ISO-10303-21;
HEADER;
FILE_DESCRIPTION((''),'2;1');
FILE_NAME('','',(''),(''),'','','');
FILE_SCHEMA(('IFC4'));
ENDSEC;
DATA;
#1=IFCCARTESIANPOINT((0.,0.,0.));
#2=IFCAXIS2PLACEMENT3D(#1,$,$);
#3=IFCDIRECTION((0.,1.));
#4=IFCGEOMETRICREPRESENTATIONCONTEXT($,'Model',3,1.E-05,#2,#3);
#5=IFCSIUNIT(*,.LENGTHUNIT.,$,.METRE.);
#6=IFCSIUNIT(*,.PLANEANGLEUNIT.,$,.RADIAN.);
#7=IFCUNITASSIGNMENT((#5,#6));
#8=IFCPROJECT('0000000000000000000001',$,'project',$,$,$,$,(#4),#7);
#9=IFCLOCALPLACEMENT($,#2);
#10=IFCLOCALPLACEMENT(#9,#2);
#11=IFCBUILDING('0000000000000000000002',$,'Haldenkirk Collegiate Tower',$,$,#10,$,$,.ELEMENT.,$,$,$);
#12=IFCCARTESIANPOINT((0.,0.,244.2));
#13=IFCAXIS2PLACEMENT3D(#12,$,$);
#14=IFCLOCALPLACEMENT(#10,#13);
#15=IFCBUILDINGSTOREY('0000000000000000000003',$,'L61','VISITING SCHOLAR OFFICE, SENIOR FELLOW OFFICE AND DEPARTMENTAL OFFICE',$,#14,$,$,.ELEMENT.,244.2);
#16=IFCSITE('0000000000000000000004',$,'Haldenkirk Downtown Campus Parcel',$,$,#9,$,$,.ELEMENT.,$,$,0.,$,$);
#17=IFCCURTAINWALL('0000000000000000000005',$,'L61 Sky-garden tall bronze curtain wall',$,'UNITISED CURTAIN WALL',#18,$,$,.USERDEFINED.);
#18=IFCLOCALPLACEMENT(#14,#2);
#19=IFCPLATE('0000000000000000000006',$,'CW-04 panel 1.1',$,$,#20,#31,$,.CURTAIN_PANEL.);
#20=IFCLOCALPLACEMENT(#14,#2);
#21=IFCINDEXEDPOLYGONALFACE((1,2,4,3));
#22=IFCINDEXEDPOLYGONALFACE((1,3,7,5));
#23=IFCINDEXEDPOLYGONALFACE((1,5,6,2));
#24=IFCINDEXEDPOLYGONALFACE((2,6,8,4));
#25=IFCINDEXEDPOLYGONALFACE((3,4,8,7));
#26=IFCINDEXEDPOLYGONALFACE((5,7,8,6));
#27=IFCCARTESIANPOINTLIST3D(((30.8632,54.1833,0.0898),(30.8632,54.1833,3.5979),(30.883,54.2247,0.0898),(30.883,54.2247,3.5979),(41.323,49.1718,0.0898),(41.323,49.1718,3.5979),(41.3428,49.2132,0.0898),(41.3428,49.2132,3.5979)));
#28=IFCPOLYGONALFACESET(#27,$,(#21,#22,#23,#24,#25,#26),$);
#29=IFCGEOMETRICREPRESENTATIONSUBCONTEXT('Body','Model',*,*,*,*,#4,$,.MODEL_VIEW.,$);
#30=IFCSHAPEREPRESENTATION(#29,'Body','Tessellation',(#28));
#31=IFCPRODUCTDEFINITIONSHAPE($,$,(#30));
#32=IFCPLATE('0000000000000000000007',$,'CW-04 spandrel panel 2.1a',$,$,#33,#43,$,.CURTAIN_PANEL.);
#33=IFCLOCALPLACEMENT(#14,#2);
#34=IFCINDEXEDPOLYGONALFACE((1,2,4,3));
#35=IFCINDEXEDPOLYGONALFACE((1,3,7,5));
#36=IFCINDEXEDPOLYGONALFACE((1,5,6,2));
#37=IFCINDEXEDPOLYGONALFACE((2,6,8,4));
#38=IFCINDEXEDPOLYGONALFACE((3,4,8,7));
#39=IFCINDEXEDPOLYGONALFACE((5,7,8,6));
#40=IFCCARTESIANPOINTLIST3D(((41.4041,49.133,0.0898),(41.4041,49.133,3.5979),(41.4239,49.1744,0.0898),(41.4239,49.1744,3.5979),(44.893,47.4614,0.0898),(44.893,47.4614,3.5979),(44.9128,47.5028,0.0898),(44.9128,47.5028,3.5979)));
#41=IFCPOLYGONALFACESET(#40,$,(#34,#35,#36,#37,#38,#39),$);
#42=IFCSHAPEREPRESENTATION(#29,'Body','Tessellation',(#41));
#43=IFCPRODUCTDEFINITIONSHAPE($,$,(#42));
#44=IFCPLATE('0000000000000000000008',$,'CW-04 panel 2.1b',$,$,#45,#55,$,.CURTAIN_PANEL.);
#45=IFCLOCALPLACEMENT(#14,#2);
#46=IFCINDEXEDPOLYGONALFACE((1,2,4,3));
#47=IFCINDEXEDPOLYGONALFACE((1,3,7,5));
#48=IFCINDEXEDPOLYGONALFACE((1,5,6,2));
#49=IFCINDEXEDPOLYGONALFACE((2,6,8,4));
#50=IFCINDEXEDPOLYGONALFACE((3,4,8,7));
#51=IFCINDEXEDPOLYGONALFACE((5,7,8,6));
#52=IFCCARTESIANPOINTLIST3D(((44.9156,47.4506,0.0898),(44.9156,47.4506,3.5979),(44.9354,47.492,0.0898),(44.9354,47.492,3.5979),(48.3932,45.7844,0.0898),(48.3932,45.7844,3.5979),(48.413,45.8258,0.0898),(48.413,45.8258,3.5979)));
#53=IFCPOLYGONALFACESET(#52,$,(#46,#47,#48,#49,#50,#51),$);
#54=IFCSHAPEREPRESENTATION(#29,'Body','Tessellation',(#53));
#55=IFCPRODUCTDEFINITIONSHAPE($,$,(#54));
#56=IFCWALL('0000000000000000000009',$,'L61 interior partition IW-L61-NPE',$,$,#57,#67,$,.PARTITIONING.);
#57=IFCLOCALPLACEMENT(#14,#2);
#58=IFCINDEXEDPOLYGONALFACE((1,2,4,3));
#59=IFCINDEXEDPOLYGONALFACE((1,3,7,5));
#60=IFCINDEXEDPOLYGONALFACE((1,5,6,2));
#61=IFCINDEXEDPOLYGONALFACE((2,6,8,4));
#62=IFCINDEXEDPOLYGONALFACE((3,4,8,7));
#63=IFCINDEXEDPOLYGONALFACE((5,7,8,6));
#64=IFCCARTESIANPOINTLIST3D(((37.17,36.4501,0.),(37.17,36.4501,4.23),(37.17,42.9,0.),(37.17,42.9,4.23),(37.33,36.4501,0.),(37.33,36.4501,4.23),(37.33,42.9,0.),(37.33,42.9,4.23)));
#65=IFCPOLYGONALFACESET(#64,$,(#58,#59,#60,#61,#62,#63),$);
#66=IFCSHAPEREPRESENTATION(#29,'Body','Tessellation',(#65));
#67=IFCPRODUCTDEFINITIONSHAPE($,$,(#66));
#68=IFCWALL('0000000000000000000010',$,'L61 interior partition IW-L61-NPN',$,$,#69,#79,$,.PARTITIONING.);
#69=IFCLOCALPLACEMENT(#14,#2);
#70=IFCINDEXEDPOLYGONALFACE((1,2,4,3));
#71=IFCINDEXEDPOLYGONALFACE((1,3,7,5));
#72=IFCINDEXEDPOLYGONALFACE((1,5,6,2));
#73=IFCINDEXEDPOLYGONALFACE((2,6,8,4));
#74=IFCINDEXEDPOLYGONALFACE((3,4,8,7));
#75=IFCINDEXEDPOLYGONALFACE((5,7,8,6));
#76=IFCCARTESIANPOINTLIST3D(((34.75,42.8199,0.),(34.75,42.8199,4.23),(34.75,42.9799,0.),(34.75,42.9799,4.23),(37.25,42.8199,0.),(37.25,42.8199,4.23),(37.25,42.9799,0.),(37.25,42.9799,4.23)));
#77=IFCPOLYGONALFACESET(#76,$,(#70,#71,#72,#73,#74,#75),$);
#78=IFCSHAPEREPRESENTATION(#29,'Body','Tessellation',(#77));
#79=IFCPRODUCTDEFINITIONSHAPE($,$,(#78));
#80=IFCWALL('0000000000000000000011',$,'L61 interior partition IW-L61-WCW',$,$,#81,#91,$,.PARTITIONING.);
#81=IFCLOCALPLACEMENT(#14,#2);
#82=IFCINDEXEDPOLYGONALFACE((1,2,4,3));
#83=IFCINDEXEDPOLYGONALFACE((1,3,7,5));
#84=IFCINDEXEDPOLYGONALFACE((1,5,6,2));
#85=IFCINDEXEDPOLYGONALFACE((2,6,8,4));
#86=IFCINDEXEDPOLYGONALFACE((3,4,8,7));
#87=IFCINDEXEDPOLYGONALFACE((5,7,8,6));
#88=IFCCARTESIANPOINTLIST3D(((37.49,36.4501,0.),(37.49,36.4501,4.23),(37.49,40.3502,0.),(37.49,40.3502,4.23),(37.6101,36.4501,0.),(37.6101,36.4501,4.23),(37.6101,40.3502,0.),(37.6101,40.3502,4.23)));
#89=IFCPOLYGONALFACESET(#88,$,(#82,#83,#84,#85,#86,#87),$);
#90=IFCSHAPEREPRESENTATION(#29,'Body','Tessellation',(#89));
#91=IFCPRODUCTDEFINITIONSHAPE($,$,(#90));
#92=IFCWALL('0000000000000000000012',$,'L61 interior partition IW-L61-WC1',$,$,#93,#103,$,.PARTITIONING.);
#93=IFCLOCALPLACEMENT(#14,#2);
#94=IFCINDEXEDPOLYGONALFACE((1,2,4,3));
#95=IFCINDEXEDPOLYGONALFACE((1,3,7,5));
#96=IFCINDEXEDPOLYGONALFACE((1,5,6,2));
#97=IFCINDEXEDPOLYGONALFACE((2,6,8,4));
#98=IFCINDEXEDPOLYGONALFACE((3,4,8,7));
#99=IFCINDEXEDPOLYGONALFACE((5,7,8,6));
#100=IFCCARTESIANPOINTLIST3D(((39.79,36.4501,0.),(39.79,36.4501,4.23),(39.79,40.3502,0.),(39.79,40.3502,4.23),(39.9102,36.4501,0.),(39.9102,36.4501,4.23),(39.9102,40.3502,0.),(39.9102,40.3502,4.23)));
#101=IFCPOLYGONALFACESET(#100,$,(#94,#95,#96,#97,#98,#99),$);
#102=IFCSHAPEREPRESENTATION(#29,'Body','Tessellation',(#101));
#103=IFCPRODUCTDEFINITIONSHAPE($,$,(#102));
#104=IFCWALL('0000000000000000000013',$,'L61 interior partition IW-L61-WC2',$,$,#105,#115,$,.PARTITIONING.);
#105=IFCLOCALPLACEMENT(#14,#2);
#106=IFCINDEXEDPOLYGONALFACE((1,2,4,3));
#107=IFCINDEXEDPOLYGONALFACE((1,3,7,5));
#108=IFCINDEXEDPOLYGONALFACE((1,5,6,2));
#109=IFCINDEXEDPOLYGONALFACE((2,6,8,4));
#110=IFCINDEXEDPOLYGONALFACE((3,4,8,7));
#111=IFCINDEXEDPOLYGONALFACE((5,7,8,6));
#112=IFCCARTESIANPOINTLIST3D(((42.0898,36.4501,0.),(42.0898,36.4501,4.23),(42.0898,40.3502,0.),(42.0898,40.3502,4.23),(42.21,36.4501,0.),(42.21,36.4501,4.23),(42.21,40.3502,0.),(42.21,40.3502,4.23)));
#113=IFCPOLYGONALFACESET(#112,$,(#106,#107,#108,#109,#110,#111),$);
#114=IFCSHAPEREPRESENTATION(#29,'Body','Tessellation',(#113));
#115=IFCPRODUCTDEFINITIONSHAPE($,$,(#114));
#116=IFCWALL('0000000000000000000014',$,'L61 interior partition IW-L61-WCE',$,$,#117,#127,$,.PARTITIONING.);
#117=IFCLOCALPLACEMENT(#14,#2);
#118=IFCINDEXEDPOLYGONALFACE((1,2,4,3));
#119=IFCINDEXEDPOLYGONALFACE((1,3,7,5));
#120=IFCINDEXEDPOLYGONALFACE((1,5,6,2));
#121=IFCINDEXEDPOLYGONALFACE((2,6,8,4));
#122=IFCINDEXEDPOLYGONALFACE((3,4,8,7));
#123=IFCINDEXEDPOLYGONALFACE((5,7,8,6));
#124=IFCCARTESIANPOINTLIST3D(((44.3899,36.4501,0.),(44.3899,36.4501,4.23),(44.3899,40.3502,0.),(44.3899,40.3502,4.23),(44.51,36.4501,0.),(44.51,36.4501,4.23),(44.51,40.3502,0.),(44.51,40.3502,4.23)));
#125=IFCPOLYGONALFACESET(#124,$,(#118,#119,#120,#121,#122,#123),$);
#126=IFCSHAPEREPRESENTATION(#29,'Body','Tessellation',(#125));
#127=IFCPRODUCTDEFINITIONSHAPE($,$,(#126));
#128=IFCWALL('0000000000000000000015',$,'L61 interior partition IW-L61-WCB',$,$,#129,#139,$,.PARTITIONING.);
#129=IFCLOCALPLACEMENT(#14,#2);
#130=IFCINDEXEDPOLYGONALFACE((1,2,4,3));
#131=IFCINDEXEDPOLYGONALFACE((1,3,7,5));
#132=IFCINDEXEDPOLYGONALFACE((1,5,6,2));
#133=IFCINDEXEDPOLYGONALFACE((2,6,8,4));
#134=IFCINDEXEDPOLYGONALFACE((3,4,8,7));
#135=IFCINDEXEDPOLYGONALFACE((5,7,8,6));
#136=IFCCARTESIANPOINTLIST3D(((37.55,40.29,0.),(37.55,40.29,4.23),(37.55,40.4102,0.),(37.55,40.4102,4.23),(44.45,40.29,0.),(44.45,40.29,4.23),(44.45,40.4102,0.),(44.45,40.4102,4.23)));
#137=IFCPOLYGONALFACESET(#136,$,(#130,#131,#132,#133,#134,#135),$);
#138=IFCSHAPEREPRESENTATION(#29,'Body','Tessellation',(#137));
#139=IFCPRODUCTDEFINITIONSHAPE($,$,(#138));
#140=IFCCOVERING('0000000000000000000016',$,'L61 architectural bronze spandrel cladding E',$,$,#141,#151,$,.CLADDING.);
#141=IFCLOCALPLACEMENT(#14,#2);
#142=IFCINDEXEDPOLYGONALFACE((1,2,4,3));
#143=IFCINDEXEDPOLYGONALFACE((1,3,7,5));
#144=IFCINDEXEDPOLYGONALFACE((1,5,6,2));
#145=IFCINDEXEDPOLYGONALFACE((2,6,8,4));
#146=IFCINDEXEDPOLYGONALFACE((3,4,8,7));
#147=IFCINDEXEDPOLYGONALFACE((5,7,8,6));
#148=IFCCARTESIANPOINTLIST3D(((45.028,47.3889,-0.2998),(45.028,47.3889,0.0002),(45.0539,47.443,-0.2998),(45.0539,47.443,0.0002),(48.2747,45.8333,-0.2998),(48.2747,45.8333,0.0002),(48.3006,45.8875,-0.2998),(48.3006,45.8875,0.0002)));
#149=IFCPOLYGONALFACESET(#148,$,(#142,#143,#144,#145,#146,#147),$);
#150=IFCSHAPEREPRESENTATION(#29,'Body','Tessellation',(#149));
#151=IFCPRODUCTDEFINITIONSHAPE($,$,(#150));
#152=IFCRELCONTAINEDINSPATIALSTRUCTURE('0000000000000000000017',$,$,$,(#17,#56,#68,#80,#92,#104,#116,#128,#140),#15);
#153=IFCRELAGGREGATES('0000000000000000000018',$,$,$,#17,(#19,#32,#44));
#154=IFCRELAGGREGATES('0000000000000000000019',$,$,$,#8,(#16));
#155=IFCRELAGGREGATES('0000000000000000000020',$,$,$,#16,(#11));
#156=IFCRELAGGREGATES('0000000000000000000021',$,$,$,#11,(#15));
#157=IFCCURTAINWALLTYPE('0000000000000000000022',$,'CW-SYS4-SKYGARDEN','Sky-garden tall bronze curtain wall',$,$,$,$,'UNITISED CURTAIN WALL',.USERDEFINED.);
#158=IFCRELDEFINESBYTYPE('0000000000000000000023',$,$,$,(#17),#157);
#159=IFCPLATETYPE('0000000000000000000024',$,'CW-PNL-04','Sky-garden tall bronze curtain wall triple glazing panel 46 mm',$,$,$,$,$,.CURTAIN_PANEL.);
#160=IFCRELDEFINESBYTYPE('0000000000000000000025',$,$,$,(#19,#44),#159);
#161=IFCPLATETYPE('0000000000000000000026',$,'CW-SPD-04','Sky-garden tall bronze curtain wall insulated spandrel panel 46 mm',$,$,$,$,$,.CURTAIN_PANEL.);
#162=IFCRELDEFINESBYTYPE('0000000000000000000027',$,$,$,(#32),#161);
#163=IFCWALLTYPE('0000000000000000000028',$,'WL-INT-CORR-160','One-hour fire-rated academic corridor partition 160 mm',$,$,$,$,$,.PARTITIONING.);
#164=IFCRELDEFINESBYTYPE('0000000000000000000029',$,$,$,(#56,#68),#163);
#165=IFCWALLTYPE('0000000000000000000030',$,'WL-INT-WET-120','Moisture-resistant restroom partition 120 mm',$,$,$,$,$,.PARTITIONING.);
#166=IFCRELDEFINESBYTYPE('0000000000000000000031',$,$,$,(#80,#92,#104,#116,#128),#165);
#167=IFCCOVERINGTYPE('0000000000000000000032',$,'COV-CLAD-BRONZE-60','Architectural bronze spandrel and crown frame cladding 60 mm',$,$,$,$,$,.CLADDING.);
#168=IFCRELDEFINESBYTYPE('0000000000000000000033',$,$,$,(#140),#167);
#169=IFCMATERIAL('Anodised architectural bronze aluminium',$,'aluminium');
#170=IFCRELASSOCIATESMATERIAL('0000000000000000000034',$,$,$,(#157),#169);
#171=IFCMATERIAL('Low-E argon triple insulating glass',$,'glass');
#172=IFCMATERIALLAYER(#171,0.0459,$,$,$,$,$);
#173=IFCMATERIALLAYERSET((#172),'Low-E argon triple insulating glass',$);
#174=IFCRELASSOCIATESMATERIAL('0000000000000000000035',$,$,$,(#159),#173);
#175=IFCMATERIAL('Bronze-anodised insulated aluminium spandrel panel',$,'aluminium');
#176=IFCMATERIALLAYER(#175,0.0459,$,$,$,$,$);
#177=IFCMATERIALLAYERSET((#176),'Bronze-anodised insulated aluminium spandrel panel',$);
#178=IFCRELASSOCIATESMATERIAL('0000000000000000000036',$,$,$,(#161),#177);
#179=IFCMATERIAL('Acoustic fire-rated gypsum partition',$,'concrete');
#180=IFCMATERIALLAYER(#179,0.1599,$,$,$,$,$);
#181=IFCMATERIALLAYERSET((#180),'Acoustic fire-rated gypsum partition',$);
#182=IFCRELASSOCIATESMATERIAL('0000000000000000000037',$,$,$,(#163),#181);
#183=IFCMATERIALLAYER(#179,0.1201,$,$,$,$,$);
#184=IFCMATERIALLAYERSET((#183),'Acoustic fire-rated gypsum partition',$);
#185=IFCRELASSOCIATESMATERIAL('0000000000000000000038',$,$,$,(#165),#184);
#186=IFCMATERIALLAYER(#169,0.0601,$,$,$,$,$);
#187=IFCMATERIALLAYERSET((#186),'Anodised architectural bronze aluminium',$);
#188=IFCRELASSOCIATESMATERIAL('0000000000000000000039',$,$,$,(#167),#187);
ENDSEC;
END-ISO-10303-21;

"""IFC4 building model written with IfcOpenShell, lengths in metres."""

from ifc_helpers import new_model, si_unit, direction, frame, frame_2d, origin, origin_2d, place, context, subcontext, project, spatial, rectangle, extrude, source, transform, mapped, material, layer, layer_set, type_object, element, aggregate, save


model = new_model("IFC4")

# Units and contexts
model_context = context("Model", 3, precision=1e-05, world=origin(), true_north=direction((0.0, 1.0)))
body_context = subcontext(model_context, "Body", "Model", "MODEL_VIEW")
ifc_project = project(units=[si_unit("LENGTHUNIT", "METRE"), si_unit("PLANEANGLEUNIT", "RADIAN")], contexts=[model_context])

# Site, building, storey
site_placement = place(None, origin())
site = spatial("IfcSite", under=ifc_project, at=site_placement, Name="Haldenkirk Downtown Campus Parcel", CompositionType="ELEMENT", RefElevation=0.0)
building_placement = place(site_placement, origin())
building = spatial("IfcBuilding", under=site, at=building_placement, Name="Haldenkirk Collegiate Tower", CompositionType="ELEMENT")
storey_placement = place(building_placement, frame((0.0, 0.0, 244.2)))
storey = spatial("IfcBuildingStorey", under=building, at=storey_placement, Name="L61", Description="VISITING SCHOLAR OFFICE, SENIOR FELLOW OFFICE AND DEPARTMENTAL OFFICE", CompositionType="ELEMENT", Elevation=244.2)

# Curtain wall
ifc_material_1 = material(Name="Anodised architectural bronze aluminium", Category="aluminium")
curtain_wall_type = type_object("IfcCurtainWallType", Name="CW-SYS4-SKYGARDEN", Description="Sky-garden tall bronze curtain wall", ElementType="UNITISED CURTAIN WALL", PredefinedType="USERDEFINED", material=ifc_material_1)
curtain_wall_placement = place(storey_placement, origin())
curtain_wall = element("IfcCurtainWall", 1, at=curtain_wall_placement, inside=storey, type_object=curtain_wall_type, Name="L61 Sky-garden tall bronze curtain wall", ObjectType="UNITISED CURTAIN WALL", PredefinedType="USERDEFINED")

# Plates
ifc_material_2 = material(Name="Low-E argon triple insulating glass", Category="glass")
ifc_layer_1 = layer(ifc_material_2, 0.0459)
ifc_layer_set_1 = layer_set([ifc_layer_1], Name="Low-E argon triple insulating glass")
plate_type_1 = type_object("IfcPlateType", Name="CW-PNL-04", Description="Sky-garden tall bronze curtain wall triple glazing panel 46 mm", PredefinedType="CURTAIN_PANEL", material=ifc_layer_set_1)
shared_shape_1 = source(origin(), body_context, "Body", "SweptSolid", [
    extrude(rectangle(XDim=11.5984, YDim=0.0459, at=origin_2d()), origin(), (0.0, 0.0, 1.0), 3.5081),
])
plate_1_placement = place(storey_placement, frame((36.103, 51.6982, 0.0898), z_axis=(0.0, 0.0, 1.0), x_axis=(0.901833, -0.432084, 0.0)))
plate_1 = element("IfcPlate", 2, at=plate_1_placement, type_object=plate_type_1, Name="CW-04 panel 1.1", PredefinedType="CURTAIN_PANEL", context=body_context, shape_type="MappedRepresentation", body=[
    mapped(shared_shape_1, transform((0.0, 0.0, 0.0), x_axis=(1.0, 0.0, 0.0), y_axis=(0.0, 1.0, 0.0), z_axis=(0.0, 0.0, 1.0), scale=1.0)),
])
ifc_material_3 = material(Name="Bronze-anodised insulated aluminium spandrel panel", Category="aluminium")
ifc_layer_2 = layer(ifc_material_3, 0.0459)
ifc_layer_set_2 = layer_set([ifc_layer_2], Name="Bronze-anodised insulated aluminium spandrel panel")
plate_type_2 = type_object("IfcPlateType", Name="CW-SPD-04", Description="Sky-garden tall bronze curtain wall insulated spandrel panel 46 mm", PredefinedType="CURTAIN_PANEL", material=ifc_layer_set_2)
shared_shape_2 = source(origin(), body_context, "Body", "SweptSolid", [
    extrude(rectangle(XDim=3.8687, YDim=0.0459, at=origin_2d()), origin(), (0.0, 0.0, 1.0), 3.5081),
])
plate_2_placement = place(storey_placement, frame((43.1584, 48.3179, 0.0898), z_axis=(0.0, 0.0, 1.0), x_axis=(0.901833, -0.432084, 0.0)))
plate_2 = element("IfcPlate", 3, at=plate_2_placement, type_object=plate_type_2, Name="CW-04 spandrel panel 2.1a", PredefinedType="CURTAIN_PANEL", context=body_context, shape_type="MappedRepresentation", body=[
    mapped(shared_shape_2, transform((0.0, 0.0, 0.0), x_axis=(1.0, 0.0, 0.0), y_axis=(0.0, 1.0, 0.0), z_axis=(0.0, 0.0, 1.0), scale=1.0)),
])
shared_shape_3 = source(origin(), body_context, "Body", "SweptSolid", [
    extrude(rectangle(XDim=3.8562, YDim=0.0459, at=origin_2d()), origin(), (0.0, 0.0, 1.0), 3.5081),
])
plate_3_placement = place(storey_placement, frame((46.6643, 46.6382, 0.0898), z_axis=(0.0, 0.0, 1.0), x_axis=(0.901833, -0.432084, 0.0)))
plate_3 = element("IfcPlate", 4, at=plate_3_placement, type_object=plate_type_1, Name="CW-04 panel 2.1b", PredefinedType="CURTAIN_PANEL", context=body_context, shape_type="MappedRepresentation", body=[
    mapped(shared_shape_3, transform((0.0, 0.0, 0.0), x_axis=(1.0, 0.0, 0.0), y_axis=(0.0, 1.0, 0.0), z_axis=(0.0, 0.0, 1.0), scale=1.0)),
])
aggregate(curtain_wall, [plate_1, plate_2, plate_3])

# Walls
ifc_material_4 = material(Name="Acoustic fire-rated gypsum partition", Category="concrete")
ifc_layer_3 = layer(ifc_material_4, 0.1599)
ifc_layer_set_3 = layer_set([ifc_layer_3], Name="Acoustic fire-rated gypsum partition")
wall_type_1 = type_object("IfcWallType", Name="WL-INT-CORR-160", Description="One-hour fire-rated academic corridor partition 160 mm", PredefinedType="PARTITIONING", material=ifc_layer_set_3)
wall_1_placement = place(storey_placement, frame((37.25, 36.45, 0.0), z_axis=(0.0, 0.0, 1.0), x_axis=(0.0, 1.0, 0.0)))
element("IfcWall", 5, at=wall_1_placement, inside=storey, type_object=wall_type_1, Name="L61 interior partition IW-L61-NPE", PredefinedType="PARTITIONING", context=body_context, shape_type="SweptSolid", body=[
    extrude(rectangle(XDim=6.45, YDim=0.1599, at=frame_2d((3.2251, 0.0))), origin(), (0.0, 0.0, 1.0), 4.23),
])
wall_2_placement = place(storey_placement, frame((34.75, 42.8999, 0.0), z_axis=(0.0, 0.0, 1.0), x_axis=(1.0, 0.0, 0.0)))
element("IfcWall", 6, at=wall_2_placement, inside=storey, type_object=wall_type_1, Name="L61 interior partition IW-L61-NPN", PredefinedType="PARTITIONING", context=body_context, shape_type="SweptSolid", body=[
    extrude(rectangle(XDim=2.5, YDim=0.1599, at=frame_2d((1.25, 0.0))), origin(), (0.0, 0.0, 1.0), 4.23),
])
ifc_layer_4 = layer(ifc_material_4, 0.1201)
ifc_layer_set_4 = layer_set([ifc_layer_4], Name="Acoustic fire-rated gypsum partition")
wall_type_2 = type_object("IfcWallType", Name="WL-INT-WET-120", Description="Moisture-resistant restroom partition 120 mm", PredefinedType="PARTITIONING", material=ifc_layer_set_4)
for number, where, z_axis, x_axis, name in (
    (7, (37.55, 36.45, 0.0), (0.0, 0.0, 1.0), (0.0, 1.0, 0.0), "L61 interior partition IW-L61-WCW"),
    (8, (39.8501, 36.45, 0.0), (0.0, 0.0, 1.0), (0.0, 1.0, 0.0), "L61 interior partition IW-L61-WC1"),
    (9, (42.1499, 36.45, 0.0), (0.0, 0.0, 1.0), (0.0, 1.0, 0.0), "L61 interior partition IW-L61-WC2"),
    (10, (44.45, 36.45, 0.0), (0.0, 0.0, 1.0), (0.0, 1.0, 0.0), "L61 interior partition IW-L61-WCE"),
):
    element("IfcWall", number, at=place(storey_placement, frame(where, z_axis=z_axis, x_axis=x_axis)), inside=storey, type_object=wall_type_2, Name=name, PredefinedType="PARTITIONING", context=body_context, shape_type="SweptSolid", body=[
        extrude(rectangle(XDim=3.9001, YDim=0.1201, at=frame_2d((1.9502, 0.0))), origin(), (0.0, 0.0, 1.0), 4.23),
    ])
wall_3_placement = place(storey_placement, frame((37.55, 40.3501, 0.0), z_axis=(0.0, 0.0, 1.0), x_axis=(1.0, 0.0, 0.0)))
element("IfcWall", 11, at=wall_3_placement, inside=storey, type_object=wall_type_2, Name="L61 interior partition IW-L61-WCB", PredefinedType="PARTITIONING", context=body_context, shape_type="SweptSolid", body=[
    extrude(rectangle(XDim=6.8999, YDim=0.1201, at=frame_2d((3.45, 0.0))), origin(), (0.0, 0.0, 1.0), 4.23),
])

# Covering
ifc_layer_5 = layer(ifc_material_1, 0.0601)
ifc_layer_set_5 = layer_set([ifc_layer_5], Name="Anodised architectural bronze aluminium")
covering_type = type_object("IfcCoveringType", Name="COV-CLAD-BRONZE-60", Description="Architectural bronze spandrel and crown frame cladding 60 mm", PredefinedType="CLADDING", material=ifc_layer_set_5)
shared_shape_4 = source(origin(), body_context, "Body", "SweptSolid", [
    extrude(rectangle(XDim=3.6001, YDim=0.0601, at=origin_2d()), origin(), (0.0, 0.0, 1.0), 0.3),
])
covering_placement = place(storey_placement, frame((46.6643, 46.6382, -0.2998), z_axis=(0.0, 0.0, 1.0), x_axis=(0.901833, -0.432086, 0.0)))
element("IfcCovering", 12, at=covering_placement, inside=storey, type_object=covering_type, Name="L61 architectural bronze spandrel cladding E", PredefinedType="CLADDING", context=body_context, shape_type="MappedRepresentation", body=[
    mapped(shared_shape_4, transform((0.0, 0.0, 0.0), x_axis=(1.0, 0.0, 0.0), y_axis=(0.0, 1.0, 0.0), z_axis=(0.0, 0.0, 1.0), scale=1.0)),
])

save(model, "model.ifc")
